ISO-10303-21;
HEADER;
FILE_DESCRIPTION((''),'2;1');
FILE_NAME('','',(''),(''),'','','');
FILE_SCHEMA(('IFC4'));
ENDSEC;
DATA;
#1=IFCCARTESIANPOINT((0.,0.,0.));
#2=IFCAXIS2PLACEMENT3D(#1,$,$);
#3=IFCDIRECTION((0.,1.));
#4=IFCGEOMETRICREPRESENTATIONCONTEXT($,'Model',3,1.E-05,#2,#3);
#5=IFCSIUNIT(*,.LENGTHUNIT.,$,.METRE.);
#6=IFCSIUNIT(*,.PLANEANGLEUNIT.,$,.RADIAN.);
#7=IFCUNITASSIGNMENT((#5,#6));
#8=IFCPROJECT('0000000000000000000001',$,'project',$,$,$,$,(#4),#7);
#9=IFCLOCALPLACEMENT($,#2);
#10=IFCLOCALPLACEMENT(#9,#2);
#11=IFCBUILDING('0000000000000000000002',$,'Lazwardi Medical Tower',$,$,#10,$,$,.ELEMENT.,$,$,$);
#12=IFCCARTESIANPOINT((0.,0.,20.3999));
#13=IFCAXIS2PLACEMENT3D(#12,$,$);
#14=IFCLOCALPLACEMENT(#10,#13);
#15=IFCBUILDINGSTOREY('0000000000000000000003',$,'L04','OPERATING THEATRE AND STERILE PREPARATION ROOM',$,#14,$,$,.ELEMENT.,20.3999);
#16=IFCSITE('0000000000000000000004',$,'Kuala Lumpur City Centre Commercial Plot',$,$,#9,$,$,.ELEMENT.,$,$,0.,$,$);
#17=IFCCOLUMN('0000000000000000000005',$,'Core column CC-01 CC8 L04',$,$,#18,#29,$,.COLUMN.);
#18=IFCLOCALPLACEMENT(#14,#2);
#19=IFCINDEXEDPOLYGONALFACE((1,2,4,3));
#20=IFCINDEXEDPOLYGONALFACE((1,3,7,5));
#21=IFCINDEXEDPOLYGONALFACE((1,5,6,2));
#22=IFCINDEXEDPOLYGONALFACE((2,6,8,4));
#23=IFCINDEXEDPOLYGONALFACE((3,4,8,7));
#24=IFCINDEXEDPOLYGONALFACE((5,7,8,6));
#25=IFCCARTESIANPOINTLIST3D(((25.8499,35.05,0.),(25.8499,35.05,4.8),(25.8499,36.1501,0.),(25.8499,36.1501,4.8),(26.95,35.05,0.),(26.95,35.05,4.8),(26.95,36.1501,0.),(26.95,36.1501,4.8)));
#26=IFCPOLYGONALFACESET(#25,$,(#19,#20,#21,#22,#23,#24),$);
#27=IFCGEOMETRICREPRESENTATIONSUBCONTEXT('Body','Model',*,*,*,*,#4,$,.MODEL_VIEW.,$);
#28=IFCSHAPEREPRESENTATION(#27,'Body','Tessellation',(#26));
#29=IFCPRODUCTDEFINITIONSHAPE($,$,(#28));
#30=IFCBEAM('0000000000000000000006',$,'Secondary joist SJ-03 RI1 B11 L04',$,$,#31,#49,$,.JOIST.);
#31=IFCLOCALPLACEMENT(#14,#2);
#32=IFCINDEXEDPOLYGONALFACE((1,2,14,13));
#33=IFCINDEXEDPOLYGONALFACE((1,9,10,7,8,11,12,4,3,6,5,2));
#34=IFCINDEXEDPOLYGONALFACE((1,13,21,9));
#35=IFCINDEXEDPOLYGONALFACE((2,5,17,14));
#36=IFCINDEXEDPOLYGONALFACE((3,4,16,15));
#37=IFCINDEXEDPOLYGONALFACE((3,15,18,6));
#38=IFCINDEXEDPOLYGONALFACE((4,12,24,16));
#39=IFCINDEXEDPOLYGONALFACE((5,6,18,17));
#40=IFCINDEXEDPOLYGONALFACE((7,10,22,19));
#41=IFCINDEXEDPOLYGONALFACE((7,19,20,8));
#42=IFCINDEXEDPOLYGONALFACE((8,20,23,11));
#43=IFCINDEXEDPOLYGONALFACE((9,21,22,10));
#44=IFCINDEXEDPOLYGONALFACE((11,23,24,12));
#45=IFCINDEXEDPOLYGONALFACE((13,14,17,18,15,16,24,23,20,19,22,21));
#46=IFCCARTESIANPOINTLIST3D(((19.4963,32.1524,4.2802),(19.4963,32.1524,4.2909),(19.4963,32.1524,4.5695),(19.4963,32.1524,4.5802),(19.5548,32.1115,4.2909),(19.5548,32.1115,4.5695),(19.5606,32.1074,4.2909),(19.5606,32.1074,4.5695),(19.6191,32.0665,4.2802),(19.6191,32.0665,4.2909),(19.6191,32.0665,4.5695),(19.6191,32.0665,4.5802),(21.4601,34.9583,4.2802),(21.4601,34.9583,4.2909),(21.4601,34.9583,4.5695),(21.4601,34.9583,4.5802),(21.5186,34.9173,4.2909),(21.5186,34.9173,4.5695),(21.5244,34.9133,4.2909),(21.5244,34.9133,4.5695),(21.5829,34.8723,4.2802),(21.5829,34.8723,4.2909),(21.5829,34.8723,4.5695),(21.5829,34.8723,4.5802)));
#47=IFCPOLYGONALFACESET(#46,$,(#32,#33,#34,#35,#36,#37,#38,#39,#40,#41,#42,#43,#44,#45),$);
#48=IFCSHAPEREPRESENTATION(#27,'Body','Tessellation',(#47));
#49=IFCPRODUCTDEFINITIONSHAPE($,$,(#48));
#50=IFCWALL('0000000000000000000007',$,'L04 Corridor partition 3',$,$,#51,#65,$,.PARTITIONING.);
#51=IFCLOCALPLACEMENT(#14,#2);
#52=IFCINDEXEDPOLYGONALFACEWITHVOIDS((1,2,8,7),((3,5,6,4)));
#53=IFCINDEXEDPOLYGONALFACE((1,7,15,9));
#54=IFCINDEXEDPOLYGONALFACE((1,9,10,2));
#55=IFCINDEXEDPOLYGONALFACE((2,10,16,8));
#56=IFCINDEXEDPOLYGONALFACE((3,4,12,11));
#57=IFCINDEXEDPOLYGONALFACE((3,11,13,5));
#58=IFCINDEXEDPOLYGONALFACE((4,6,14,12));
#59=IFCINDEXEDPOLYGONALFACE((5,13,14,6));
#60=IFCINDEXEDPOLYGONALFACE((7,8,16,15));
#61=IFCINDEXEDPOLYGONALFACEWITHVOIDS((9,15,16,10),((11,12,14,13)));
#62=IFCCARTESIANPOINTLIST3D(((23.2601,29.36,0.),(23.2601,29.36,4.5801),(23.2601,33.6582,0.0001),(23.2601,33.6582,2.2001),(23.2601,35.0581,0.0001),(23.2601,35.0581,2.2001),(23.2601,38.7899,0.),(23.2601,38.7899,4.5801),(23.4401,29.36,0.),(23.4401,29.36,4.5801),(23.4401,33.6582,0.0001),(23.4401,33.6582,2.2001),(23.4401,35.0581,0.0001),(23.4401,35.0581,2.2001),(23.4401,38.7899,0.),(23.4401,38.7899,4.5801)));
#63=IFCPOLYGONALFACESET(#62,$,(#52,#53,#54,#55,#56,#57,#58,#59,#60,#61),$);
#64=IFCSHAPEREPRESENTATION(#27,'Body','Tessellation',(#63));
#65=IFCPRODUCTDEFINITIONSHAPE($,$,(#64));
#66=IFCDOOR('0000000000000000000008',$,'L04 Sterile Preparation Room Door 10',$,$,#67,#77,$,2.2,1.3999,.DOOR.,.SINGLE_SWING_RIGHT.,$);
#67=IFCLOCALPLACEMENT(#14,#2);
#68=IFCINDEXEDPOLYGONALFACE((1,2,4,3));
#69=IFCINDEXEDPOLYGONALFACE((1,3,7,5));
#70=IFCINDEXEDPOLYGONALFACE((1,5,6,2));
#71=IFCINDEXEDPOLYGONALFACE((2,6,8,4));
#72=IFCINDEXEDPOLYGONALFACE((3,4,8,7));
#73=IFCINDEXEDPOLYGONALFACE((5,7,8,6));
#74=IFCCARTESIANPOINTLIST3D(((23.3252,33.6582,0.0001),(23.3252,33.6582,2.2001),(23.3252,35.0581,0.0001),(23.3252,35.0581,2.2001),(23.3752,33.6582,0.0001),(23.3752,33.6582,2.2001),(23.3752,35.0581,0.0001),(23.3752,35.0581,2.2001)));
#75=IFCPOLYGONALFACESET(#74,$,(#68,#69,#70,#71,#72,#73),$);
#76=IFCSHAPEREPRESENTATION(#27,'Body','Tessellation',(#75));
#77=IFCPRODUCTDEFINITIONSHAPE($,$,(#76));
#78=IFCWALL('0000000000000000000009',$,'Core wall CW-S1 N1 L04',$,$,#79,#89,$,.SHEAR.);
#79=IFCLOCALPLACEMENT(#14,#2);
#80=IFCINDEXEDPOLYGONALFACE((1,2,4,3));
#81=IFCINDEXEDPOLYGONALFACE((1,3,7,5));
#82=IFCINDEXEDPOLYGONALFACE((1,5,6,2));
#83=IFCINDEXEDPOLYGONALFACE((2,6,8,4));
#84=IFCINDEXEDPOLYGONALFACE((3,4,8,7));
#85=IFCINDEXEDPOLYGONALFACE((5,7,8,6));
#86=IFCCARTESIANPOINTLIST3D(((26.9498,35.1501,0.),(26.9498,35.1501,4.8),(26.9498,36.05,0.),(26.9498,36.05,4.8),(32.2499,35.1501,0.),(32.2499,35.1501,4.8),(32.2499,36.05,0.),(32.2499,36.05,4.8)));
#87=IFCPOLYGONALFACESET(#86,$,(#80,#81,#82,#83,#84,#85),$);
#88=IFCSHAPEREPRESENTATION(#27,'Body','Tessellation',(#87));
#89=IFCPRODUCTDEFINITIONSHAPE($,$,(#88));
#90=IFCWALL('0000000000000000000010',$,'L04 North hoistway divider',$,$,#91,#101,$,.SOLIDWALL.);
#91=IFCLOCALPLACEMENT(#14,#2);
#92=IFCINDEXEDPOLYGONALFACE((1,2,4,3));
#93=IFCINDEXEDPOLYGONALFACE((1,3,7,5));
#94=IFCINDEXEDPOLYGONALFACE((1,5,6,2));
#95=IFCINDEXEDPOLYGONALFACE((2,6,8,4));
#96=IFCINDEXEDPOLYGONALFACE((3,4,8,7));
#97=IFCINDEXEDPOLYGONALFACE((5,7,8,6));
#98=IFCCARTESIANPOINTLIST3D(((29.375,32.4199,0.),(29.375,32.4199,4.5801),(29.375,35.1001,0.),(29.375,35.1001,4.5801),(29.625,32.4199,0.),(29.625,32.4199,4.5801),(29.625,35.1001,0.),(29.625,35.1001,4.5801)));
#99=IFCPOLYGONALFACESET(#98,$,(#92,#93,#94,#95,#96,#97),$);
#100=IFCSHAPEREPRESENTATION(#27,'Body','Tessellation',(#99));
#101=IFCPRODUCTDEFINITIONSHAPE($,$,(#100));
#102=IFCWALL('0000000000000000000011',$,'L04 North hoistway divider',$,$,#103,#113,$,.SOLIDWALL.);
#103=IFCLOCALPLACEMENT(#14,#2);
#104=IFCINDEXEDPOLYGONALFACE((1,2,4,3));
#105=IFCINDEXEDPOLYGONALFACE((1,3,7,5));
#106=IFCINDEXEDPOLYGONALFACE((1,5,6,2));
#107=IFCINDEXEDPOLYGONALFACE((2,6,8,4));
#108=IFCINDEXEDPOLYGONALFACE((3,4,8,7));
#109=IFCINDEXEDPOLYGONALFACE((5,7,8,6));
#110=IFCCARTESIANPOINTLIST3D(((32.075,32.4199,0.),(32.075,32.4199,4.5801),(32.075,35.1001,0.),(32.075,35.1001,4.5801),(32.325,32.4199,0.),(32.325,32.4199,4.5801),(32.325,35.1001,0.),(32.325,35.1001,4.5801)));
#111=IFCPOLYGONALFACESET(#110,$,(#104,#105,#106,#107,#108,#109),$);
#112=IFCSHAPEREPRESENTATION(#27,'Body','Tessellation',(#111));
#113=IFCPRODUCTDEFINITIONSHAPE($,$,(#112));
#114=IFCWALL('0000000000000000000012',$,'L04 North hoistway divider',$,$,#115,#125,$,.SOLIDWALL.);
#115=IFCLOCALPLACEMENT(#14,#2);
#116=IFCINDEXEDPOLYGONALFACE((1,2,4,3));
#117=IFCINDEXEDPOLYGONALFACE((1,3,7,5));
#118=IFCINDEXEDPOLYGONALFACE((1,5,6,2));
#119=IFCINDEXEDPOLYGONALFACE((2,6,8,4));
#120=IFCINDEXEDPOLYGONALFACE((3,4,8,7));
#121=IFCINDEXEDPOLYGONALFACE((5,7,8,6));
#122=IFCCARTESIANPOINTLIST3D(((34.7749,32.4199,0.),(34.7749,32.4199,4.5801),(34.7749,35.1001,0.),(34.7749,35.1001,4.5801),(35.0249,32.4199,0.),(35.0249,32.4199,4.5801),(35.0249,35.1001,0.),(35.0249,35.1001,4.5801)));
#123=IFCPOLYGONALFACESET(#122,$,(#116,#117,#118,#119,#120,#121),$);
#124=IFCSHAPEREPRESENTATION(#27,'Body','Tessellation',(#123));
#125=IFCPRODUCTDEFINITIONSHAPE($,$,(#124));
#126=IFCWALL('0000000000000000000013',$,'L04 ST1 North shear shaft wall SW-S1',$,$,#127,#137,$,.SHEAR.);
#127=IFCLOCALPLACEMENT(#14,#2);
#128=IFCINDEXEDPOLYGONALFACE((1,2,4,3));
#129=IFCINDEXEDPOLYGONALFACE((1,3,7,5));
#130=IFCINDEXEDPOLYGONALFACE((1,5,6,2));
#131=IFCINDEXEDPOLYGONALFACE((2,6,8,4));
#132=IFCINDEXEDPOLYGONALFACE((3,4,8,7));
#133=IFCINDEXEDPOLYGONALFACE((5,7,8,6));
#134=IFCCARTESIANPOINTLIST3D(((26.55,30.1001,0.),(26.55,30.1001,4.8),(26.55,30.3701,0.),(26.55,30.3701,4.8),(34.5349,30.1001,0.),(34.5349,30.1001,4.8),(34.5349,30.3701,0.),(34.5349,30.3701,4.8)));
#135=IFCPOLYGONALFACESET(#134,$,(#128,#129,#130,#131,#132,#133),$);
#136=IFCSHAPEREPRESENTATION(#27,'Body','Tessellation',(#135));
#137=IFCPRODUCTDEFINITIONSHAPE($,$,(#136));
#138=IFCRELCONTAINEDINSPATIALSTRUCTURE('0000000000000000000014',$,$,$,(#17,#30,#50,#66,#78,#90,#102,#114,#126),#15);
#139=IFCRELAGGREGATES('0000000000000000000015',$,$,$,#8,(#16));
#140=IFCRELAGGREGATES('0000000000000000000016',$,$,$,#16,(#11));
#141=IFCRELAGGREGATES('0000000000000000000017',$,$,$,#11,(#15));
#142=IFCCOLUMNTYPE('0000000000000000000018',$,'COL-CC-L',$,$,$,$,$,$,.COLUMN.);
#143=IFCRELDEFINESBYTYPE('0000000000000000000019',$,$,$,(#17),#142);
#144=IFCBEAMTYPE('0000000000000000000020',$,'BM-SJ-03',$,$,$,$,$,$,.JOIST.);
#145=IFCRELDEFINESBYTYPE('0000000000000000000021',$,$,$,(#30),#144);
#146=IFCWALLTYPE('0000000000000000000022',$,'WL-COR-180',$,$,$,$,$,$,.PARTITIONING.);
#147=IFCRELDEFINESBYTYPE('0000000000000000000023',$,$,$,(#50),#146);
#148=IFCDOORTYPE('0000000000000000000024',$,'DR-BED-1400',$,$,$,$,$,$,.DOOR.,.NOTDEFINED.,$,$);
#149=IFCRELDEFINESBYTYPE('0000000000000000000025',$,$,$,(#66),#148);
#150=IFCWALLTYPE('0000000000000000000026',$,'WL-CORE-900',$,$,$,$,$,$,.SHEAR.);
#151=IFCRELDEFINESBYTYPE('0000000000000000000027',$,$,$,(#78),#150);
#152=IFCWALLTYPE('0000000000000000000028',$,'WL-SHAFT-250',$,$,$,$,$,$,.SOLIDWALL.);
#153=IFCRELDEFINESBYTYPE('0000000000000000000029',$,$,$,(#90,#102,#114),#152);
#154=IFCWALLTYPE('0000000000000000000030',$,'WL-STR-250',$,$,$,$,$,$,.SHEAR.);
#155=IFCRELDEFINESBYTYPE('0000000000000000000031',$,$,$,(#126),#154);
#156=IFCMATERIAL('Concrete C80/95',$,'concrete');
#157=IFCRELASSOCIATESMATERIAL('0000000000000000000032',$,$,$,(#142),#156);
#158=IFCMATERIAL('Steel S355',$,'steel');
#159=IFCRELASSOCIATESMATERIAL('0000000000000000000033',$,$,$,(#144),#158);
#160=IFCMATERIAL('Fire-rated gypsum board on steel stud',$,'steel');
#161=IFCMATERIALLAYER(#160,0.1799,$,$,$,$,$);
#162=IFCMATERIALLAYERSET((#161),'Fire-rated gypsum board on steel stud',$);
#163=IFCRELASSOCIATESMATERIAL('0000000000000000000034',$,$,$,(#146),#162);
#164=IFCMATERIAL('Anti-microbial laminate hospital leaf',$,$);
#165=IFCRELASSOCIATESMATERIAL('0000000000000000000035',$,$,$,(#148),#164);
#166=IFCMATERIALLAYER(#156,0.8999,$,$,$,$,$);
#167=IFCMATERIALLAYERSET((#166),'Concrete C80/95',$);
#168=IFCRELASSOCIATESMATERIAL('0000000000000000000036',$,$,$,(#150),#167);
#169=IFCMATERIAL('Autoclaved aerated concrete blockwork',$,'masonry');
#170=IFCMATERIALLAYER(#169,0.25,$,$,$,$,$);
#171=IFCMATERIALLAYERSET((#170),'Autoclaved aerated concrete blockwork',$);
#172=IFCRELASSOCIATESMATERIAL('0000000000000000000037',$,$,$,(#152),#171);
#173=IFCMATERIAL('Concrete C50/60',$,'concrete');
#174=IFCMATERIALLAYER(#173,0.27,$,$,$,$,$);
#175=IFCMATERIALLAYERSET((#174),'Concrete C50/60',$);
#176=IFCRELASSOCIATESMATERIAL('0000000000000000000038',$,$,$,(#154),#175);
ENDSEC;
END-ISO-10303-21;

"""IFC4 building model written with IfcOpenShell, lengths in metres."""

from ifc_helpers import new_model, si_unit, direction, frame, frame_2d, origin, origin_2d, place, context, subcontext, project, spatial, rectangle, i_section, extrude, material, layer, layer_set, material_profile, profile_set, type_object, element, fill, save


model = new_model("IFC4")

# Units and contexts
model_context = context("Model", 3, precision=1e-05, world=origin(), true_north=direction((0.0, 1.0)))
body_context = subcontext(model_context, "Body", "Model", "MODEL_VIEW")
ifc_project = project(units=[si_unit("LENGTHUNIT", "METRE"), si_unit("PLANEANGLEUNIT", "RADIAN")], contexts=[model_context])

# Site, building, storey
site_placement = place(None, origin())
site = spatial("IfcSite", under=ifc_project, at=site_placement, Name="Kuala Lumpur City Centre Commercial Plot", CompositionType="ELEMENT", RefElevation=0.0)
building_placement = place(site_placement, origin())
building = spatial("IfcBuilding", under=site, at=building_placement, Name="Lazwardi Medical Tower", CompositionType="ELEMENT")
storey_placement = place(building_placement, frame((0.0, 0.0, 20.3999)))
storey = spatial("IfcBuildingStorey", under=building, at=storey_placement, Name="L04", Description="OPERATING THEATRE AND STERILE PREPARATION ROOM", CompositionType="ELEMENT", Elevation=20.3999)

# Column
ifc_material_1 = material(Name="Concrete C80/95", Category="concrete")
ifc_material_profile_1 = material_profile(ifc_material_1, rectangle(XDim=1.1001, YDim=1.1001, at=origin_2d()), Name="RC 1100x1100")
ifc_profile_set_1 = profile_set([ifc_material_profile_1], Name="Concrete C80/95")
column_type = type_object("IfcColumnType", Name="COL-CC-L", PredefinedType="COLUMN", material=ifc_profile_set_1)
column_placement = place(storey_placement, frame((26.3999, 35.6001, 0.0), z_axis=(0.0, 0.0, 1.0), x_axis=(1.0, 0.0, 0.0)))
element("IfcColumn", 1, at=column_placement, inside=storey, type_object=column_type, Name="Core column CC-01 CC8 L04", PredefinedType="COLUMN", context=body_context, shape_type="SweptSolid", body=[
    extrude(rectangle(XDim=1.1001, YDim=1.1001, at=origin_2d()), origin(), (0.0, 0.0, 1.0), 4.8),
])

# Beam
ifc_material_2 = material(Name="Steel S355", Category="steel")
ifc_material_profile_2 = material_profile(ifc_material_2, i_section(OverallWidth=0.1499, OverallDepth=0.3, WebThickness=0.0071, FlangeThickness=0.0107, at=origin_2d()), Name="IPE 300")
ifc_profile_set_2 = profile_set([ifc_material_profile_2], Name="Steel S355")
beam_type = type_object("IfcBeamType", Name="BM-SJ-03", PredefinedType="JOIST", material=ifc_profile_set_2)
beam_placement = place(storey_placement, frame((21.5215, 34.9153, 4.4302), z_axis=(-0.57341, -0.819269, 0.0), x_axis=(0.819269, -0.57341, 0.0)))
element("IfcBeam", 2, at=beam_placement, inside=storey, type_object=beam_type, Name="Secondary joist SJ-03 RI1 B11 L04", PredefinedType="JOIST", context=body_context, shape_type="SweptSolid", body=[
    extrude(i_section(OverallWidth=0.1499, OverallDepth=0.3, WebThickness=0.0071, FlangeThickness=0.0107, at=origin_2d()), origin(), (0.0, 0.0, 1.0), 3.4248),
])

# Wall, opening, door
ifc_material_3 = material(Name="Fire-rated gypsum board on steel stud", Category="steel")
ifc_layer_1 = layer(ifc_material_3, 0.1799)
ifc_layer_set_1 = layer_set([ifc_layer_1], Name="Fire-rated gypsum board on steel stud")
wall_type_1 = type_object("IfcWallType", Name="WL-COR-180", PredefinedType="PARTITIONING", material=ifc_layer_set_1)
wall_1_placement = place(storey_placement, frame((23.3501, 29.3601, 0.0), z_axis=(0.0, 0.0, 1.0), x_axis=(0.0, 1.0, 0.0)))
wall_1 = element("IfcWall", 3, at=wall_1_placement, inside=storey, type_object=wall_type_1, Name="L04 Corridor partition 3", PredefinedType="PARTITIONING", context=body_context, shape_type="SweptSolid", body=[
    extrude(rectangle(XDim=9.4299, YDim=0.1799, at=frame_2d((4.7148, 0.0))), origin(), (0.0, 0.0, 1.0), 4.5801),
])
opening_1_placement = place(wall_1_placement, frame((4.2981, 0.0, 0.0)))
opening_1 = element("IfcOpeningElement", 4, at=opening_1_placement, cuts=wall_1, PredefinedType="OPENING", context=body_context, shape_type="SweptSolid", body=[
    extrude(rectangle(XDim=1.3999, YDim=2.2, at=frame_2d((0.7, 1.1001))), frame((0.0, 0.0999, 0.0), z_axis=(0.0, -1.0, 0.0), x_axis=(1.0, 0.0, 0.0)), (0.0, 0.0, 1.0), 0.2),
])
ifc_material_4 = material(Name="Anti-microbial laminate hospital leaf")
door_type_1 = type_object("IfcDoorType", Name="DR-BED-1400", OperationType="NOTDEFINED", PredefinedType="DOOR", material=ifc_material_4)
door_1_placement = place(opening_1_placement, origin())
door_1 = element("IfcDoor", 5, at=door_1_placement, inside=storey, type_object=door_type_1, Name="L04 Sterile Preparation Room Door 10", OperationType="SINGLE_SWING_RIGHT", OverallHeight=2.2, OverallWidth=1.3999, PredefinedType="DOOR", context=body_context, shape_type="SweptSolid", body=[
    extrude(rectangle(XDim=1.3999, YDim=2.2, at=frame_2d((0.7, 1.1001))), frame((0.0, 0.0249, 0.0), z_axis=(0.0, -1.0, 0.0), x_axis=(1.0, 0.0, 0.0)), (0.0, 0.0, 1.0), 0.05),
])
fill(opening_1, door_1)

# Walls
ifc_layer_2 = layer(ifc_material_1, 0.8999)
ifc_layer_set_2 = layer_set([ifc_layer_2], Name="Concrete C80/95")
wall_type_2 = type_object("IfcWallType", Name="WL-CORE-900", PredefinedType="SHEAR", material=ifc_layer_set_2)
wall_2_placement = place(storey_placement, frame((26.95, 35.6001, 0.0), z_axis=(0.0, 0.0, 1.0), x_axis=(1.0, 0.0, 0.0)))
element("IfcWall", 6, at=wall_2_placement, inside=storey, type_object=wall_type_2, Name="Core wall CW-S1 N1 L04", PredefinedType="SHEAR", context=body_context, shape_type="SweptSolid", body=[
    extrude(rectangle(XDim=5.3, YDim=0.8999, at=frame_2d((2.6499, 0.0))), origin(), (0.0, 0.0, 1.0), 4.8),
])
ifc_material_5 = material(Name="Autoclaved aerated concrete blockwork", Category="masonry")
ifc_layer_3 = layer(ifc_material_5, 0.25)
ifc_layer_set_3 = layer_set([ifc_layer_3], Name="Autoclaved aerated concrete blockwork")
wall_type_3 = type_object("IfcWallType", Name="WL-SHAFT-250", PredefinedType="SOLIDWALL", material=ifc_layer_set_3)
for number, where, z_axis, x_axis, name in (
    (7, (29.5, 32.4199, 0.0), (0.0, 0.0, 1.0), (0.0, 1.0, 0.0), "L04 North hoistway divider"),
    (8, (32.2, 32.4199, 0.0), (0.0, 0.0, 1.0), (0.0, 1.0, 0.0), "L04 North hoistway divider"),
    (9, (34.8999, 32.4199, 0.0), (0.0, 0.0, 1.0), (0.0, 1.0, 0.0), "L04 North hoistway divider"),
):
    element("IfcWall", number, at=place(storey_placement, frame(where, z_axis=z_axis, x_axis=x_axis)), inside=storey, type_object=wall_type_3, Name=name, PredefinedType="SOLIDWALL", context=body_context, shape_type="SweptSolid", body=[
        extrude(rectangle(XDim=2.6802, YDim=0.25, at=frame_2d((1.3401, 0.0))), origin(), (0.0, 0.0, 1.0), 4.5801),
    ])
ifc_material_6 = material(Name="Concrete C50/60", Category="concrete")
ifc_layer_4 = layer(ifc_material_6, 0.27)
ifc_layer_set_4 = layer_set([ifc_layer_4], Name="Concrete C50/60")
wall_type_4 = type_object("IfcWallType", Name="WL-STR-250", PredefinedType="SHEAR", material=ifc_layer_set_4)
wall_3_placement = place(storey_placement, frame((26.55, 30.2351, 0.0), z_axis=(0.0, 0.0, 1.0), x_axis=(1.0, 0.0, 0.0)))
element("IfcWall", 10, at=wall_3_placement, inside=storey, type_object=wall_type_4, Name="L04 ST1 North shear shaft wall SW-S1", PredefinedType="SHEAR", context=body_context, shape_type="SweptSolid", body=[
    extrude(rectangle(XDim=7.9849, YDim=0.27, at=frame_2d((3.9924, 0.0))), origin(), (0.0, 0.0, 1.0), 4.8),
])

save(model, "model.ifc")
